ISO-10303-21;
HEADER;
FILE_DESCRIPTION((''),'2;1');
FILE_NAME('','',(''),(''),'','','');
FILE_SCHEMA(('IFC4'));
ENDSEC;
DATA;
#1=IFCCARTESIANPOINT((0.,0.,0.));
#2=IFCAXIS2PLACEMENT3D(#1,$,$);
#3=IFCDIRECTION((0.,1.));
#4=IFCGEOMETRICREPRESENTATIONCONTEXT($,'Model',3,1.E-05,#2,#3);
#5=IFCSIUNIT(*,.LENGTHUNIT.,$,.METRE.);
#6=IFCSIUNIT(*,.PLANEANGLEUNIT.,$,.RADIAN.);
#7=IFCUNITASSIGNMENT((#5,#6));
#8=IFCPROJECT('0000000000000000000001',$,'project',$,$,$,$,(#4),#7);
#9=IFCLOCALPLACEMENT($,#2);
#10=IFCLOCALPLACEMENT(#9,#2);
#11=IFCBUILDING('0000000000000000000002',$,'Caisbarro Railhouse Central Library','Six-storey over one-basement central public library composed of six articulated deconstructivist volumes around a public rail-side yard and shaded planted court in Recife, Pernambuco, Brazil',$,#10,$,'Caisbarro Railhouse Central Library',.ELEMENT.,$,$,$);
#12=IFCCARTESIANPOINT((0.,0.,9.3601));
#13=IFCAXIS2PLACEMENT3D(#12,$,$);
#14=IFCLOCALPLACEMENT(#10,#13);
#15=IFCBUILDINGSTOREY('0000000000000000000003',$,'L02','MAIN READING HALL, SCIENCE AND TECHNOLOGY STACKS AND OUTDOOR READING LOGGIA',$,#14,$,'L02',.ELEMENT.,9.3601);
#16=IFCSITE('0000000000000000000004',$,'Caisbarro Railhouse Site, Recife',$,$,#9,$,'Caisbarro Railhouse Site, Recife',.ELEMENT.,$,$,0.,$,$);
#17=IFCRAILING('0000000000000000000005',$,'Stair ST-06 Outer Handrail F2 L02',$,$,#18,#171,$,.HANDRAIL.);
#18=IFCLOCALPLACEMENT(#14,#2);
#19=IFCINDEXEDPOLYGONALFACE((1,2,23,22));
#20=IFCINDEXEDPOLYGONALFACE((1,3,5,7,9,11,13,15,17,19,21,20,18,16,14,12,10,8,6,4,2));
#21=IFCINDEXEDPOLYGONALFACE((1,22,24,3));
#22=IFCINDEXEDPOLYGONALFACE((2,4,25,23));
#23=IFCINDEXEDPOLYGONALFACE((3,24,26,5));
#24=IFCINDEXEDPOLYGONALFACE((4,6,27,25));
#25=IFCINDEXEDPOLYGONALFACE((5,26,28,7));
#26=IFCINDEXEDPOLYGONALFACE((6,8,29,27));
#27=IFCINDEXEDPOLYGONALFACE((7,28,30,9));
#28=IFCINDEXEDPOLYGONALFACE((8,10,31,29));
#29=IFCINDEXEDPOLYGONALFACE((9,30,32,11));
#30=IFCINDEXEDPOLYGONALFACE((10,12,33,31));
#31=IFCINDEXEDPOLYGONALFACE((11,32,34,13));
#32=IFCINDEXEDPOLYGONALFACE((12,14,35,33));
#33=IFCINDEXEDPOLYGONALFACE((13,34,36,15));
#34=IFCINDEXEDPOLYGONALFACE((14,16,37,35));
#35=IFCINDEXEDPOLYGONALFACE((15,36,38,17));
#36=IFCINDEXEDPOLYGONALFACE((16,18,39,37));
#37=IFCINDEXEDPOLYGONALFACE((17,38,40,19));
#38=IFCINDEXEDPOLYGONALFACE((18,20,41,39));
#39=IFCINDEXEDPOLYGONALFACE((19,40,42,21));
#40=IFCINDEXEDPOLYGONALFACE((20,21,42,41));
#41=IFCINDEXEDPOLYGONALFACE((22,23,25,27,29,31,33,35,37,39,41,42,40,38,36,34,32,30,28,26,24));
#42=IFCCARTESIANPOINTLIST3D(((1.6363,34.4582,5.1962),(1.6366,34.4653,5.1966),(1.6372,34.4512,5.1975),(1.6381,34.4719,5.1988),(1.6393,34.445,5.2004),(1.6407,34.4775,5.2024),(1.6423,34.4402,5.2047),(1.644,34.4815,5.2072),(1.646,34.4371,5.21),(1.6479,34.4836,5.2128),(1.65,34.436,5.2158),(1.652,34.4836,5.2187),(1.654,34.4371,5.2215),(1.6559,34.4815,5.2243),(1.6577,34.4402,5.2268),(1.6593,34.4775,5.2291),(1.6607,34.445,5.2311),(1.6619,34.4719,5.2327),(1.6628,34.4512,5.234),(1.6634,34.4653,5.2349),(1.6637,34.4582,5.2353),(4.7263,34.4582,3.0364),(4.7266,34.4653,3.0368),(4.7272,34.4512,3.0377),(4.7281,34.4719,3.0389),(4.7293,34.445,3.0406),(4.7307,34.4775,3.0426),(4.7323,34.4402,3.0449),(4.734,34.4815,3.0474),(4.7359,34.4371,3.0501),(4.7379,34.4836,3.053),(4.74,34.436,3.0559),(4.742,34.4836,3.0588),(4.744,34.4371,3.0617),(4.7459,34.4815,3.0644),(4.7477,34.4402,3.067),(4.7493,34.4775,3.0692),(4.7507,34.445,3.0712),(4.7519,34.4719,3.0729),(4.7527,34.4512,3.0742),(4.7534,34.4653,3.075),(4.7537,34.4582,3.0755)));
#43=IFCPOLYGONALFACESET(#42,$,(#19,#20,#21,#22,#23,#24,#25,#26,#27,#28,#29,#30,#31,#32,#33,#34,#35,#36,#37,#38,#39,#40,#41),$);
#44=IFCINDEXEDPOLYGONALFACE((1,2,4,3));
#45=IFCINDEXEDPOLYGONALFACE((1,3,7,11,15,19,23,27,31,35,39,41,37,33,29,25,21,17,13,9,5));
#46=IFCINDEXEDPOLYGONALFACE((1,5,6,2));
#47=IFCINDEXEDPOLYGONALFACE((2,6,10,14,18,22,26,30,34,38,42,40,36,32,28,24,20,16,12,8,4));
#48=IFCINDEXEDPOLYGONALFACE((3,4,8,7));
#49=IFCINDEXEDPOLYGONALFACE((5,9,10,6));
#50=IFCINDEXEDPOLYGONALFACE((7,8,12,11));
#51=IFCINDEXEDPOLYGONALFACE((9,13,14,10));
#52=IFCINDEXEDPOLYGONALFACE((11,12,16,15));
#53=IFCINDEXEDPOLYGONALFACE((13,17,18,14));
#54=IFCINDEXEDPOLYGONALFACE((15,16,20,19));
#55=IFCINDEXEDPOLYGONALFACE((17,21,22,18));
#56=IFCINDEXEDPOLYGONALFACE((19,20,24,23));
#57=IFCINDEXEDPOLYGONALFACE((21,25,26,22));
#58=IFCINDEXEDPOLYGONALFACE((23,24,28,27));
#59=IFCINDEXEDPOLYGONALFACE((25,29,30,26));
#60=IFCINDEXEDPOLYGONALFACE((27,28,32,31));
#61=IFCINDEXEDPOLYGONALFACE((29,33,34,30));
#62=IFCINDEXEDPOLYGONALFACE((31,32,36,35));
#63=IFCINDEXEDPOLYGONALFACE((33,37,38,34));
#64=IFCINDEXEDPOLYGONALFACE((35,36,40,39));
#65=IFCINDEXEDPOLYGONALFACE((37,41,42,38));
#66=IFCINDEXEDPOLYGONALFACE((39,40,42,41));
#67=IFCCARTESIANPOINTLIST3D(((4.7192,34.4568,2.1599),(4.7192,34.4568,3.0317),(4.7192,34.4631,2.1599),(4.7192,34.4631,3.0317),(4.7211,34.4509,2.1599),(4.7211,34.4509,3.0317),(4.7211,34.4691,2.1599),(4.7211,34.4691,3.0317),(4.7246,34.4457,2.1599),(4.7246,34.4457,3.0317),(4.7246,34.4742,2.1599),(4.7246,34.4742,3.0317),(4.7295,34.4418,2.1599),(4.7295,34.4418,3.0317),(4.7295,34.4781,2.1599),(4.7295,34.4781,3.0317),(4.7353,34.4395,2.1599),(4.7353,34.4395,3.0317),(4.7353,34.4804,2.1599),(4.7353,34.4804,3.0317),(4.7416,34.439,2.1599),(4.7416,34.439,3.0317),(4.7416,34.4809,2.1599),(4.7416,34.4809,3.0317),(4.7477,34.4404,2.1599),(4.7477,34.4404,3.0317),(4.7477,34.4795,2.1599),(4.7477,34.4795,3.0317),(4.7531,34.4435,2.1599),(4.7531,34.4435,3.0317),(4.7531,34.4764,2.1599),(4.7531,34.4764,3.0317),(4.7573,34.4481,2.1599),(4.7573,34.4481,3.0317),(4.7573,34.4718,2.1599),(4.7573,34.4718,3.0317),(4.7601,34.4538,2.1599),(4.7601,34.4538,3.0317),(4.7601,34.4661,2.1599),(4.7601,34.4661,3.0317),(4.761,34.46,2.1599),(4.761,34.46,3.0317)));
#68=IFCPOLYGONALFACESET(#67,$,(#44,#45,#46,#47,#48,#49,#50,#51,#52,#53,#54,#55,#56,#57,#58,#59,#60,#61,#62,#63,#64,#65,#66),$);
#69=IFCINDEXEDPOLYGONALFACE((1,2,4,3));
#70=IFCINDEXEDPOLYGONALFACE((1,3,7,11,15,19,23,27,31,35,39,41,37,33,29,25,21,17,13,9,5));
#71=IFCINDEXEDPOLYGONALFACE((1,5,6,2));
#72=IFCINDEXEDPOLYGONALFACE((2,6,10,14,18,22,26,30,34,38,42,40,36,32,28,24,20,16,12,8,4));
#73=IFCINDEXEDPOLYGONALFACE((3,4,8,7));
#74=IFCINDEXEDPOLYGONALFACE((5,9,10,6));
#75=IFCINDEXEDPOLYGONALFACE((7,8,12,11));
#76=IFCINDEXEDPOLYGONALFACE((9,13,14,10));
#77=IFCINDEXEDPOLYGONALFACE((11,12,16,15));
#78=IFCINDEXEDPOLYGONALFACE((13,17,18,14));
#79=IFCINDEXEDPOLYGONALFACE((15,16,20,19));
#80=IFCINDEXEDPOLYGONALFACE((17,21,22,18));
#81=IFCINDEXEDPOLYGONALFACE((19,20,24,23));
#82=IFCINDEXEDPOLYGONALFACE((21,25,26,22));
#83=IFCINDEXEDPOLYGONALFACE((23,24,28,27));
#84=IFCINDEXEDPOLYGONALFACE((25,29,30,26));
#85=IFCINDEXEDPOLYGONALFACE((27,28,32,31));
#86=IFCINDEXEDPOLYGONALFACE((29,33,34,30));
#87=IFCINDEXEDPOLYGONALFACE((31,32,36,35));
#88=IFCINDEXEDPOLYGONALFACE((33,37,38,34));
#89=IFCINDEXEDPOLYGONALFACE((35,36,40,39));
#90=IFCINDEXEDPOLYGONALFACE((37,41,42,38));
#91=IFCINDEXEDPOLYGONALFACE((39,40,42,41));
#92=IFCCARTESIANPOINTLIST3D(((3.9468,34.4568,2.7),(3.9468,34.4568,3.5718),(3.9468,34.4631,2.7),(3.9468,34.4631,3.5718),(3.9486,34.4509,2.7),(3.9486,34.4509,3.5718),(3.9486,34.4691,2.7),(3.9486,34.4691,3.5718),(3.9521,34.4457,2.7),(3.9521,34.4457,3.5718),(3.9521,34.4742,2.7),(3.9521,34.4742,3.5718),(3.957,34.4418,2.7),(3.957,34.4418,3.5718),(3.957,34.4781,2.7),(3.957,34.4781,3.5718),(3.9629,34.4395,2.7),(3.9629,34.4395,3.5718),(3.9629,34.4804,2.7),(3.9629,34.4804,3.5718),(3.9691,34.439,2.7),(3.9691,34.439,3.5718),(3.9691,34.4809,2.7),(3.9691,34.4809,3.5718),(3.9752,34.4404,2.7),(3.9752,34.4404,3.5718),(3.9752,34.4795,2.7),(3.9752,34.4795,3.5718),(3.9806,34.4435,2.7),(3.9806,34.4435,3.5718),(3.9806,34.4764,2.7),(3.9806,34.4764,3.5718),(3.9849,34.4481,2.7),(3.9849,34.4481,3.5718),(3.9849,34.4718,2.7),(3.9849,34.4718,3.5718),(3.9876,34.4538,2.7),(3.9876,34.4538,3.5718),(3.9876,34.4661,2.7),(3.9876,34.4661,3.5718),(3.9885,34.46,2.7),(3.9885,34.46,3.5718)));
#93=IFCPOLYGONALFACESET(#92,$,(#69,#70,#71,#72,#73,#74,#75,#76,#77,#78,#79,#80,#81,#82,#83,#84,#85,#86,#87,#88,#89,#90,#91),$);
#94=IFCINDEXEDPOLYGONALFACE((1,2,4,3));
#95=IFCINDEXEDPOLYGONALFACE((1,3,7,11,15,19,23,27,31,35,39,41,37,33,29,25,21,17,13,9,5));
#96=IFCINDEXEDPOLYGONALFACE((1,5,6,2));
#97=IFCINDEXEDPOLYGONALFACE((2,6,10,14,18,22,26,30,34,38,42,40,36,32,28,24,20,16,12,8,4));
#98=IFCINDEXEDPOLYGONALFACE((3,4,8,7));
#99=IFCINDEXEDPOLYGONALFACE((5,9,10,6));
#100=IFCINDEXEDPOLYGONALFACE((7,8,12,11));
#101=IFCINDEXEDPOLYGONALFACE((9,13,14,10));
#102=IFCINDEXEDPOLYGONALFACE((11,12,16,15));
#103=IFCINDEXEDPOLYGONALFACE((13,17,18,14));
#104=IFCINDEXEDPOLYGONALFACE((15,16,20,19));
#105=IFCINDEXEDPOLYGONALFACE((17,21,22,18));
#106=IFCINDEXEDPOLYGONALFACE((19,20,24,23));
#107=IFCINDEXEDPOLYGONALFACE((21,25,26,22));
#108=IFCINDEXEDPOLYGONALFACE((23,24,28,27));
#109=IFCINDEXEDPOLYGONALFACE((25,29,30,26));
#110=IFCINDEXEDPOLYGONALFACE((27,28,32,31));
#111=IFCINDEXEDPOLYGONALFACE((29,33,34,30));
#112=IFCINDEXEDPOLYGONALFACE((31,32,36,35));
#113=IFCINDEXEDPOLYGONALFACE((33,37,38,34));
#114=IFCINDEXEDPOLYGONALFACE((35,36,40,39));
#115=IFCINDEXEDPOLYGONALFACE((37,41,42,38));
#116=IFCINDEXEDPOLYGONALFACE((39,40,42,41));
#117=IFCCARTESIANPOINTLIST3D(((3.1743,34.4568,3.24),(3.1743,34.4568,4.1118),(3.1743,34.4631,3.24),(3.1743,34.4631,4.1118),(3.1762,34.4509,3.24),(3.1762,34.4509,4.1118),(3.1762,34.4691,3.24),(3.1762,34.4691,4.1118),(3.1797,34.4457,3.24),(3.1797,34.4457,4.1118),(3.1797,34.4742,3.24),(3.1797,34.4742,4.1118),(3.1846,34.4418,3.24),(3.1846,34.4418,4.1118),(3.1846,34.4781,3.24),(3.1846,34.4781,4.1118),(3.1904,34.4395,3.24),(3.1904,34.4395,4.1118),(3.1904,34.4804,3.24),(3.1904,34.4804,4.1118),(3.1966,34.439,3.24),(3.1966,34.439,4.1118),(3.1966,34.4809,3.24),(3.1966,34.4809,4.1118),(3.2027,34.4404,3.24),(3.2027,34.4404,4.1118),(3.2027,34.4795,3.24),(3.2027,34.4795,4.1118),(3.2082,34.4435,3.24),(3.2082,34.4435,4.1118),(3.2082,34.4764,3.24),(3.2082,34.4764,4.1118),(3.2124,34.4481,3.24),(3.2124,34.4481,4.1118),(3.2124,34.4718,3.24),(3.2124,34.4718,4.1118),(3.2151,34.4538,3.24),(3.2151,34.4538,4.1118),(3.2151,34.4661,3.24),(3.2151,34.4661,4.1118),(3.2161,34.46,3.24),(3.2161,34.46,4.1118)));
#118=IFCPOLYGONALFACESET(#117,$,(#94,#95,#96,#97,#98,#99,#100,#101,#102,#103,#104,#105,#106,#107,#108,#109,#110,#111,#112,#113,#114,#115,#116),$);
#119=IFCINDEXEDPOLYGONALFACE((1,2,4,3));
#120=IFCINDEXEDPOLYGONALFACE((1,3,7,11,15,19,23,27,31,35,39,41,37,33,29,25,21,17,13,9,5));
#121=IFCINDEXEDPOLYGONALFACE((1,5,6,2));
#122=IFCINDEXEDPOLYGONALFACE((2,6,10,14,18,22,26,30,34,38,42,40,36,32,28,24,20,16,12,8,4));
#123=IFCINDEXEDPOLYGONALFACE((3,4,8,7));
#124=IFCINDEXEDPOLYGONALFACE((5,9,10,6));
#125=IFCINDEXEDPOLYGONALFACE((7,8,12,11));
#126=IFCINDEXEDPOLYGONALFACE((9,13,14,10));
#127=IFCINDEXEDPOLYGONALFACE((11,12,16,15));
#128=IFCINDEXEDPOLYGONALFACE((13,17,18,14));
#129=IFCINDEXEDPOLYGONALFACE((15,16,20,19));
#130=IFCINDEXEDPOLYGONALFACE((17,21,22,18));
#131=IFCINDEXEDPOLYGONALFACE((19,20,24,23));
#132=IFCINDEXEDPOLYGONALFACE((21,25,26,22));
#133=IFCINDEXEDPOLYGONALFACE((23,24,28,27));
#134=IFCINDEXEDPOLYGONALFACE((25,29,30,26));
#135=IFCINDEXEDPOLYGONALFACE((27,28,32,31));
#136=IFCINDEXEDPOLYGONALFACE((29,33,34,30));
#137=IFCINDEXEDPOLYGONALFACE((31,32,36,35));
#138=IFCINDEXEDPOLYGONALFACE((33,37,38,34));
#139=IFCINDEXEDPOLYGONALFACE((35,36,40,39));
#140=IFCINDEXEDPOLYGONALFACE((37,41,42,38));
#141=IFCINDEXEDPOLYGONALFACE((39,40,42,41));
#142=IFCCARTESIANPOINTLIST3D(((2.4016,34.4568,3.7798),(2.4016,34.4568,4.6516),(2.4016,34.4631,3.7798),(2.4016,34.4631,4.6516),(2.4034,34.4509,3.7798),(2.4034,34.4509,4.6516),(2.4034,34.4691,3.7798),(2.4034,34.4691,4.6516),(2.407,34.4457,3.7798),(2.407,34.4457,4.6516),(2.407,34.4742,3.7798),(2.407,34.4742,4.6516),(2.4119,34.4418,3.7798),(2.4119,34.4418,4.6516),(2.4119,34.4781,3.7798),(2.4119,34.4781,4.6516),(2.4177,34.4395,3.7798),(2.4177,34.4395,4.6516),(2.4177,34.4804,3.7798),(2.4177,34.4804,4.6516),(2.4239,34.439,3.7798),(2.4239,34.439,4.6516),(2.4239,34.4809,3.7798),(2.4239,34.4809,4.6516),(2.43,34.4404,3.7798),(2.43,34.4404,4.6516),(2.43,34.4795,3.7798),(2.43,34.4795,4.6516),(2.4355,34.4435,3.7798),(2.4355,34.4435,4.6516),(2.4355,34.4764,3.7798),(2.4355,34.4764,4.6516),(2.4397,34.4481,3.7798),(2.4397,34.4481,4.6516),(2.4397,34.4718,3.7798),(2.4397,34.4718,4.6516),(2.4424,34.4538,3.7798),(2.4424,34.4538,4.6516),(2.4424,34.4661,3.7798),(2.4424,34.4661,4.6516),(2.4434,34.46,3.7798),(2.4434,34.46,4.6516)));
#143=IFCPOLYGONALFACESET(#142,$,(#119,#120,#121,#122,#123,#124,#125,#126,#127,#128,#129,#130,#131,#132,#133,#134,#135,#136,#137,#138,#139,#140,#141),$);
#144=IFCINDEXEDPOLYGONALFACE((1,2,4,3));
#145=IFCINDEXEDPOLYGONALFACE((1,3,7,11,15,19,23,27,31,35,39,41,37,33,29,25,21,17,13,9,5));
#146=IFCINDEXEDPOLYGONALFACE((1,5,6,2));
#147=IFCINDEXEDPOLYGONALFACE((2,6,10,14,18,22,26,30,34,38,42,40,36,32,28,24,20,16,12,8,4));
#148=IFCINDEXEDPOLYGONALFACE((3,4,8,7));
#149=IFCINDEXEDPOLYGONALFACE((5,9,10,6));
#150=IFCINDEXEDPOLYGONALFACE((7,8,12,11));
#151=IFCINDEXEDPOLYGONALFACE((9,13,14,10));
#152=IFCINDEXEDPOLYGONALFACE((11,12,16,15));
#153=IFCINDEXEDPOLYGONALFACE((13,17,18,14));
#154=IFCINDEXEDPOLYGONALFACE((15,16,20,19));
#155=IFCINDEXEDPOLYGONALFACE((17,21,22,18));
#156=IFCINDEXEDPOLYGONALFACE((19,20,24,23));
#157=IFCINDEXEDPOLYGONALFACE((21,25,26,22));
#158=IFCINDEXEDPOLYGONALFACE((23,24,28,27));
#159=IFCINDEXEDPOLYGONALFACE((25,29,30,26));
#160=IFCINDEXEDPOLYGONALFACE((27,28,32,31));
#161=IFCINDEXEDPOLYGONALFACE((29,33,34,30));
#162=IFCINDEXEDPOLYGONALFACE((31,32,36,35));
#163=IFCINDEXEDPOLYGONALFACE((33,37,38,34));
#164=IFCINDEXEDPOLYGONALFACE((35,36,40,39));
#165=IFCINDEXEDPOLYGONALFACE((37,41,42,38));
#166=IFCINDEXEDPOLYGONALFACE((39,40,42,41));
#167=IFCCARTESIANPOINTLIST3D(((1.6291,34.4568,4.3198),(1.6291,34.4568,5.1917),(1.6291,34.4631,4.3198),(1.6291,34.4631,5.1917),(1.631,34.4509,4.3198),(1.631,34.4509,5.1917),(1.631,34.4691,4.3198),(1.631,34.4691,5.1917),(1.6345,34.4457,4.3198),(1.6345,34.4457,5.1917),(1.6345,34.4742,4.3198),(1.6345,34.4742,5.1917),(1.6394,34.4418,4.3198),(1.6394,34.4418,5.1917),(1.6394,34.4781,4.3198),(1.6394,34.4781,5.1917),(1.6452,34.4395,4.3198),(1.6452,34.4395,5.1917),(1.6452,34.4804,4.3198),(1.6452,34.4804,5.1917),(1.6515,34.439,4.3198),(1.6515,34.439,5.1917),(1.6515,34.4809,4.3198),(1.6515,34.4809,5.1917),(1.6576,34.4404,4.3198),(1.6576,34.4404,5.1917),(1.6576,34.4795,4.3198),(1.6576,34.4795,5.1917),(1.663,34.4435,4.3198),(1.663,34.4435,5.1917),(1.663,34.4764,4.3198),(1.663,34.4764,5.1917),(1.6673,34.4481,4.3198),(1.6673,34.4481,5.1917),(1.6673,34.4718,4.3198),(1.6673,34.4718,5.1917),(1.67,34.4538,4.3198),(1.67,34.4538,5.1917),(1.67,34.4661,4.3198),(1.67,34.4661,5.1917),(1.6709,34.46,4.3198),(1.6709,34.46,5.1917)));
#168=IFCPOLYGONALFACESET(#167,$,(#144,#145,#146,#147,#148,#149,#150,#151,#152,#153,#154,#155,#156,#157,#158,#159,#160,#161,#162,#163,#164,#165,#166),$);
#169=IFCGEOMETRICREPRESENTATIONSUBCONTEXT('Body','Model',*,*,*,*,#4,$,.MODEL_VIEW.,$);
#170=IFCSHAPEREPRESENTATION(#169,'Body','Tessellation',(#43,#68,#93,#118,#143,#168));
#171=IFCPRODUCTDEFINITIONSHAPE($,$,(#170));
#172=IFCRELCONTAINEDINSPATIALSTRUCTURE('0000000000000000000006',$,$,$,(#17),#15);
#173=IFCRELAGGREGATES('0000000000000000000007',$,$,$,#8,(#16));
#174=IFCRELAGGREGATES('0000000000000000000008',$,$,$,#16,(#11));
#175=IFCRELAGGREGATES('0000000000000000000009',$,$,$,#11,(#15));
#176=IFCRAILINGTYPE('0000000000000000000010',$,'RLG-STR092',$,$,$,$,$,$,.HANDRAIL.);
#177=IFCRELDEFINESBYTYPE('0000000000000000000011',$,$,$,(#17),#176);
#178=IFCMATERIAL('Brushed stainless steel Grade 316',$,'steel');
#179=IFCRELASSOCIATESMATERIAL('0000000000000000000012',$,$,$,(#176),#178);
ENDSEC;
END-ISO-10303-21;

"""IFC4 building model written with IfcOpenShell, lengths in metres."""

from ifc_helpers import new_model, si_unit, direction, frame, origin, origin_2d, place, context, subcontext, project, spatial, circle, extrude, material, type_object, element, save


model = new_model("IFC4")

# Units and contexts
model_context = context("Model", 3, precision=1e-05, world=origin(), true_north=direction((0.0, 1.0)))
body_context = subcontext(model_context, "Body", "Model", "MODEL_VIEW")
ifc_project = project(units=[si_unit("LENGTHUNIT", "METRE"), si_unit("PLANEANGLEUNIT", "RADIAN")], contexts=[model_context])

# Site, building, storey
site_placement = place(None, origin())
site = spatial("IfcSite", under=ifc_project, at=site_placement, Name="Caisbarro Railhouse Site, Recife", LongName="Caisbarro Railhouse Site, Recife", CompositionType="ELEMENT", RefElevation=0.0)
building_placement = place(site_placement, origin())
building = spatial("IfcBuilding", under=site, at=building_placement, Name="Caisbarro Railhouse Central Library", Description="Six-storey over one-basement central public library composed of six articulated deconstructivist volumes around a public rail-side yard and shaded planted court in Recife, Pernambuco, Brazil", LongName="Caisbarro Railhouse Central Library", CompositionType="ELEMENT")
storey_placement = place(building_placement, frame((0.0, 0.0, 9.3601)))
storey = spatial("IfcBuildingStorey", under=building, at=storey_placement, Name="L02", Description="MAIN READING HALL, SCIENCE AND TECHNOLOGY STACKS AND OUTDOOR READING LOGGIA", LongName="L02", CompositionType="ELEMENT", Elevation=9.3601)

# Railing
ifc_material_1 = material(Name="Brushed stainless steel Grade 316", Category="steel")
railing_type_1 = type_object("IfcRailingType", Name="RLG-STR092", PredefinedType="HANDRAIL", material=ifc_material_1)
railing_1_placement = place(storey_placement, frame((4.74, 34.46, 2.1599)))
element("IfcRailing", 1, at=railing_1_placement, inside=storey, type_object=railing_type_1, Name="Stair ST-06 Outer Handrail F2 L02", PredefinedType="HANDRAIL", context=body_context, shape_type="SweptSolid", body=[
    extrude(circle(Radius=0.0239, at=origin_2d()), frame((0.0, 0.0, 0.896), z_axis=(-0.819624, 0.0, 0.572902), x_axis=(0.0, -1.0, 0.0)), (0.0, 0.0, 1.0), 3.77),
    extrude(circle(Radius=0.021, at=origin_2d()), origin(), (0.0, 0.0, 1.0), 0.8718),
    extrude(circle(Radius=0.021, at=origin_2d()), frame((-0.7725, 0.0, 0.54)), (0.0, 0.0, 1.0), 0.8718),
    extrude(circle(Radius=0.021, at=origin_2d()), frame((-1.5449, 0.0, 1.0801)), (0.0, 0.0, 1.0), 0.8718),
    extrude(circle(Radius=0.021, at=origin_2d()), frame((-2.3176, 0.0, 1.6199)), (0.0, 0.0, 1.0), 0.8718),
    extrude(circle(Radius=0.021, at=origin_2d()), frame((-3.0901, 0.0, 2.1599)), (0.0, 0.0, 1.0), 0.8718),
])

save(model, "model.ifc")
